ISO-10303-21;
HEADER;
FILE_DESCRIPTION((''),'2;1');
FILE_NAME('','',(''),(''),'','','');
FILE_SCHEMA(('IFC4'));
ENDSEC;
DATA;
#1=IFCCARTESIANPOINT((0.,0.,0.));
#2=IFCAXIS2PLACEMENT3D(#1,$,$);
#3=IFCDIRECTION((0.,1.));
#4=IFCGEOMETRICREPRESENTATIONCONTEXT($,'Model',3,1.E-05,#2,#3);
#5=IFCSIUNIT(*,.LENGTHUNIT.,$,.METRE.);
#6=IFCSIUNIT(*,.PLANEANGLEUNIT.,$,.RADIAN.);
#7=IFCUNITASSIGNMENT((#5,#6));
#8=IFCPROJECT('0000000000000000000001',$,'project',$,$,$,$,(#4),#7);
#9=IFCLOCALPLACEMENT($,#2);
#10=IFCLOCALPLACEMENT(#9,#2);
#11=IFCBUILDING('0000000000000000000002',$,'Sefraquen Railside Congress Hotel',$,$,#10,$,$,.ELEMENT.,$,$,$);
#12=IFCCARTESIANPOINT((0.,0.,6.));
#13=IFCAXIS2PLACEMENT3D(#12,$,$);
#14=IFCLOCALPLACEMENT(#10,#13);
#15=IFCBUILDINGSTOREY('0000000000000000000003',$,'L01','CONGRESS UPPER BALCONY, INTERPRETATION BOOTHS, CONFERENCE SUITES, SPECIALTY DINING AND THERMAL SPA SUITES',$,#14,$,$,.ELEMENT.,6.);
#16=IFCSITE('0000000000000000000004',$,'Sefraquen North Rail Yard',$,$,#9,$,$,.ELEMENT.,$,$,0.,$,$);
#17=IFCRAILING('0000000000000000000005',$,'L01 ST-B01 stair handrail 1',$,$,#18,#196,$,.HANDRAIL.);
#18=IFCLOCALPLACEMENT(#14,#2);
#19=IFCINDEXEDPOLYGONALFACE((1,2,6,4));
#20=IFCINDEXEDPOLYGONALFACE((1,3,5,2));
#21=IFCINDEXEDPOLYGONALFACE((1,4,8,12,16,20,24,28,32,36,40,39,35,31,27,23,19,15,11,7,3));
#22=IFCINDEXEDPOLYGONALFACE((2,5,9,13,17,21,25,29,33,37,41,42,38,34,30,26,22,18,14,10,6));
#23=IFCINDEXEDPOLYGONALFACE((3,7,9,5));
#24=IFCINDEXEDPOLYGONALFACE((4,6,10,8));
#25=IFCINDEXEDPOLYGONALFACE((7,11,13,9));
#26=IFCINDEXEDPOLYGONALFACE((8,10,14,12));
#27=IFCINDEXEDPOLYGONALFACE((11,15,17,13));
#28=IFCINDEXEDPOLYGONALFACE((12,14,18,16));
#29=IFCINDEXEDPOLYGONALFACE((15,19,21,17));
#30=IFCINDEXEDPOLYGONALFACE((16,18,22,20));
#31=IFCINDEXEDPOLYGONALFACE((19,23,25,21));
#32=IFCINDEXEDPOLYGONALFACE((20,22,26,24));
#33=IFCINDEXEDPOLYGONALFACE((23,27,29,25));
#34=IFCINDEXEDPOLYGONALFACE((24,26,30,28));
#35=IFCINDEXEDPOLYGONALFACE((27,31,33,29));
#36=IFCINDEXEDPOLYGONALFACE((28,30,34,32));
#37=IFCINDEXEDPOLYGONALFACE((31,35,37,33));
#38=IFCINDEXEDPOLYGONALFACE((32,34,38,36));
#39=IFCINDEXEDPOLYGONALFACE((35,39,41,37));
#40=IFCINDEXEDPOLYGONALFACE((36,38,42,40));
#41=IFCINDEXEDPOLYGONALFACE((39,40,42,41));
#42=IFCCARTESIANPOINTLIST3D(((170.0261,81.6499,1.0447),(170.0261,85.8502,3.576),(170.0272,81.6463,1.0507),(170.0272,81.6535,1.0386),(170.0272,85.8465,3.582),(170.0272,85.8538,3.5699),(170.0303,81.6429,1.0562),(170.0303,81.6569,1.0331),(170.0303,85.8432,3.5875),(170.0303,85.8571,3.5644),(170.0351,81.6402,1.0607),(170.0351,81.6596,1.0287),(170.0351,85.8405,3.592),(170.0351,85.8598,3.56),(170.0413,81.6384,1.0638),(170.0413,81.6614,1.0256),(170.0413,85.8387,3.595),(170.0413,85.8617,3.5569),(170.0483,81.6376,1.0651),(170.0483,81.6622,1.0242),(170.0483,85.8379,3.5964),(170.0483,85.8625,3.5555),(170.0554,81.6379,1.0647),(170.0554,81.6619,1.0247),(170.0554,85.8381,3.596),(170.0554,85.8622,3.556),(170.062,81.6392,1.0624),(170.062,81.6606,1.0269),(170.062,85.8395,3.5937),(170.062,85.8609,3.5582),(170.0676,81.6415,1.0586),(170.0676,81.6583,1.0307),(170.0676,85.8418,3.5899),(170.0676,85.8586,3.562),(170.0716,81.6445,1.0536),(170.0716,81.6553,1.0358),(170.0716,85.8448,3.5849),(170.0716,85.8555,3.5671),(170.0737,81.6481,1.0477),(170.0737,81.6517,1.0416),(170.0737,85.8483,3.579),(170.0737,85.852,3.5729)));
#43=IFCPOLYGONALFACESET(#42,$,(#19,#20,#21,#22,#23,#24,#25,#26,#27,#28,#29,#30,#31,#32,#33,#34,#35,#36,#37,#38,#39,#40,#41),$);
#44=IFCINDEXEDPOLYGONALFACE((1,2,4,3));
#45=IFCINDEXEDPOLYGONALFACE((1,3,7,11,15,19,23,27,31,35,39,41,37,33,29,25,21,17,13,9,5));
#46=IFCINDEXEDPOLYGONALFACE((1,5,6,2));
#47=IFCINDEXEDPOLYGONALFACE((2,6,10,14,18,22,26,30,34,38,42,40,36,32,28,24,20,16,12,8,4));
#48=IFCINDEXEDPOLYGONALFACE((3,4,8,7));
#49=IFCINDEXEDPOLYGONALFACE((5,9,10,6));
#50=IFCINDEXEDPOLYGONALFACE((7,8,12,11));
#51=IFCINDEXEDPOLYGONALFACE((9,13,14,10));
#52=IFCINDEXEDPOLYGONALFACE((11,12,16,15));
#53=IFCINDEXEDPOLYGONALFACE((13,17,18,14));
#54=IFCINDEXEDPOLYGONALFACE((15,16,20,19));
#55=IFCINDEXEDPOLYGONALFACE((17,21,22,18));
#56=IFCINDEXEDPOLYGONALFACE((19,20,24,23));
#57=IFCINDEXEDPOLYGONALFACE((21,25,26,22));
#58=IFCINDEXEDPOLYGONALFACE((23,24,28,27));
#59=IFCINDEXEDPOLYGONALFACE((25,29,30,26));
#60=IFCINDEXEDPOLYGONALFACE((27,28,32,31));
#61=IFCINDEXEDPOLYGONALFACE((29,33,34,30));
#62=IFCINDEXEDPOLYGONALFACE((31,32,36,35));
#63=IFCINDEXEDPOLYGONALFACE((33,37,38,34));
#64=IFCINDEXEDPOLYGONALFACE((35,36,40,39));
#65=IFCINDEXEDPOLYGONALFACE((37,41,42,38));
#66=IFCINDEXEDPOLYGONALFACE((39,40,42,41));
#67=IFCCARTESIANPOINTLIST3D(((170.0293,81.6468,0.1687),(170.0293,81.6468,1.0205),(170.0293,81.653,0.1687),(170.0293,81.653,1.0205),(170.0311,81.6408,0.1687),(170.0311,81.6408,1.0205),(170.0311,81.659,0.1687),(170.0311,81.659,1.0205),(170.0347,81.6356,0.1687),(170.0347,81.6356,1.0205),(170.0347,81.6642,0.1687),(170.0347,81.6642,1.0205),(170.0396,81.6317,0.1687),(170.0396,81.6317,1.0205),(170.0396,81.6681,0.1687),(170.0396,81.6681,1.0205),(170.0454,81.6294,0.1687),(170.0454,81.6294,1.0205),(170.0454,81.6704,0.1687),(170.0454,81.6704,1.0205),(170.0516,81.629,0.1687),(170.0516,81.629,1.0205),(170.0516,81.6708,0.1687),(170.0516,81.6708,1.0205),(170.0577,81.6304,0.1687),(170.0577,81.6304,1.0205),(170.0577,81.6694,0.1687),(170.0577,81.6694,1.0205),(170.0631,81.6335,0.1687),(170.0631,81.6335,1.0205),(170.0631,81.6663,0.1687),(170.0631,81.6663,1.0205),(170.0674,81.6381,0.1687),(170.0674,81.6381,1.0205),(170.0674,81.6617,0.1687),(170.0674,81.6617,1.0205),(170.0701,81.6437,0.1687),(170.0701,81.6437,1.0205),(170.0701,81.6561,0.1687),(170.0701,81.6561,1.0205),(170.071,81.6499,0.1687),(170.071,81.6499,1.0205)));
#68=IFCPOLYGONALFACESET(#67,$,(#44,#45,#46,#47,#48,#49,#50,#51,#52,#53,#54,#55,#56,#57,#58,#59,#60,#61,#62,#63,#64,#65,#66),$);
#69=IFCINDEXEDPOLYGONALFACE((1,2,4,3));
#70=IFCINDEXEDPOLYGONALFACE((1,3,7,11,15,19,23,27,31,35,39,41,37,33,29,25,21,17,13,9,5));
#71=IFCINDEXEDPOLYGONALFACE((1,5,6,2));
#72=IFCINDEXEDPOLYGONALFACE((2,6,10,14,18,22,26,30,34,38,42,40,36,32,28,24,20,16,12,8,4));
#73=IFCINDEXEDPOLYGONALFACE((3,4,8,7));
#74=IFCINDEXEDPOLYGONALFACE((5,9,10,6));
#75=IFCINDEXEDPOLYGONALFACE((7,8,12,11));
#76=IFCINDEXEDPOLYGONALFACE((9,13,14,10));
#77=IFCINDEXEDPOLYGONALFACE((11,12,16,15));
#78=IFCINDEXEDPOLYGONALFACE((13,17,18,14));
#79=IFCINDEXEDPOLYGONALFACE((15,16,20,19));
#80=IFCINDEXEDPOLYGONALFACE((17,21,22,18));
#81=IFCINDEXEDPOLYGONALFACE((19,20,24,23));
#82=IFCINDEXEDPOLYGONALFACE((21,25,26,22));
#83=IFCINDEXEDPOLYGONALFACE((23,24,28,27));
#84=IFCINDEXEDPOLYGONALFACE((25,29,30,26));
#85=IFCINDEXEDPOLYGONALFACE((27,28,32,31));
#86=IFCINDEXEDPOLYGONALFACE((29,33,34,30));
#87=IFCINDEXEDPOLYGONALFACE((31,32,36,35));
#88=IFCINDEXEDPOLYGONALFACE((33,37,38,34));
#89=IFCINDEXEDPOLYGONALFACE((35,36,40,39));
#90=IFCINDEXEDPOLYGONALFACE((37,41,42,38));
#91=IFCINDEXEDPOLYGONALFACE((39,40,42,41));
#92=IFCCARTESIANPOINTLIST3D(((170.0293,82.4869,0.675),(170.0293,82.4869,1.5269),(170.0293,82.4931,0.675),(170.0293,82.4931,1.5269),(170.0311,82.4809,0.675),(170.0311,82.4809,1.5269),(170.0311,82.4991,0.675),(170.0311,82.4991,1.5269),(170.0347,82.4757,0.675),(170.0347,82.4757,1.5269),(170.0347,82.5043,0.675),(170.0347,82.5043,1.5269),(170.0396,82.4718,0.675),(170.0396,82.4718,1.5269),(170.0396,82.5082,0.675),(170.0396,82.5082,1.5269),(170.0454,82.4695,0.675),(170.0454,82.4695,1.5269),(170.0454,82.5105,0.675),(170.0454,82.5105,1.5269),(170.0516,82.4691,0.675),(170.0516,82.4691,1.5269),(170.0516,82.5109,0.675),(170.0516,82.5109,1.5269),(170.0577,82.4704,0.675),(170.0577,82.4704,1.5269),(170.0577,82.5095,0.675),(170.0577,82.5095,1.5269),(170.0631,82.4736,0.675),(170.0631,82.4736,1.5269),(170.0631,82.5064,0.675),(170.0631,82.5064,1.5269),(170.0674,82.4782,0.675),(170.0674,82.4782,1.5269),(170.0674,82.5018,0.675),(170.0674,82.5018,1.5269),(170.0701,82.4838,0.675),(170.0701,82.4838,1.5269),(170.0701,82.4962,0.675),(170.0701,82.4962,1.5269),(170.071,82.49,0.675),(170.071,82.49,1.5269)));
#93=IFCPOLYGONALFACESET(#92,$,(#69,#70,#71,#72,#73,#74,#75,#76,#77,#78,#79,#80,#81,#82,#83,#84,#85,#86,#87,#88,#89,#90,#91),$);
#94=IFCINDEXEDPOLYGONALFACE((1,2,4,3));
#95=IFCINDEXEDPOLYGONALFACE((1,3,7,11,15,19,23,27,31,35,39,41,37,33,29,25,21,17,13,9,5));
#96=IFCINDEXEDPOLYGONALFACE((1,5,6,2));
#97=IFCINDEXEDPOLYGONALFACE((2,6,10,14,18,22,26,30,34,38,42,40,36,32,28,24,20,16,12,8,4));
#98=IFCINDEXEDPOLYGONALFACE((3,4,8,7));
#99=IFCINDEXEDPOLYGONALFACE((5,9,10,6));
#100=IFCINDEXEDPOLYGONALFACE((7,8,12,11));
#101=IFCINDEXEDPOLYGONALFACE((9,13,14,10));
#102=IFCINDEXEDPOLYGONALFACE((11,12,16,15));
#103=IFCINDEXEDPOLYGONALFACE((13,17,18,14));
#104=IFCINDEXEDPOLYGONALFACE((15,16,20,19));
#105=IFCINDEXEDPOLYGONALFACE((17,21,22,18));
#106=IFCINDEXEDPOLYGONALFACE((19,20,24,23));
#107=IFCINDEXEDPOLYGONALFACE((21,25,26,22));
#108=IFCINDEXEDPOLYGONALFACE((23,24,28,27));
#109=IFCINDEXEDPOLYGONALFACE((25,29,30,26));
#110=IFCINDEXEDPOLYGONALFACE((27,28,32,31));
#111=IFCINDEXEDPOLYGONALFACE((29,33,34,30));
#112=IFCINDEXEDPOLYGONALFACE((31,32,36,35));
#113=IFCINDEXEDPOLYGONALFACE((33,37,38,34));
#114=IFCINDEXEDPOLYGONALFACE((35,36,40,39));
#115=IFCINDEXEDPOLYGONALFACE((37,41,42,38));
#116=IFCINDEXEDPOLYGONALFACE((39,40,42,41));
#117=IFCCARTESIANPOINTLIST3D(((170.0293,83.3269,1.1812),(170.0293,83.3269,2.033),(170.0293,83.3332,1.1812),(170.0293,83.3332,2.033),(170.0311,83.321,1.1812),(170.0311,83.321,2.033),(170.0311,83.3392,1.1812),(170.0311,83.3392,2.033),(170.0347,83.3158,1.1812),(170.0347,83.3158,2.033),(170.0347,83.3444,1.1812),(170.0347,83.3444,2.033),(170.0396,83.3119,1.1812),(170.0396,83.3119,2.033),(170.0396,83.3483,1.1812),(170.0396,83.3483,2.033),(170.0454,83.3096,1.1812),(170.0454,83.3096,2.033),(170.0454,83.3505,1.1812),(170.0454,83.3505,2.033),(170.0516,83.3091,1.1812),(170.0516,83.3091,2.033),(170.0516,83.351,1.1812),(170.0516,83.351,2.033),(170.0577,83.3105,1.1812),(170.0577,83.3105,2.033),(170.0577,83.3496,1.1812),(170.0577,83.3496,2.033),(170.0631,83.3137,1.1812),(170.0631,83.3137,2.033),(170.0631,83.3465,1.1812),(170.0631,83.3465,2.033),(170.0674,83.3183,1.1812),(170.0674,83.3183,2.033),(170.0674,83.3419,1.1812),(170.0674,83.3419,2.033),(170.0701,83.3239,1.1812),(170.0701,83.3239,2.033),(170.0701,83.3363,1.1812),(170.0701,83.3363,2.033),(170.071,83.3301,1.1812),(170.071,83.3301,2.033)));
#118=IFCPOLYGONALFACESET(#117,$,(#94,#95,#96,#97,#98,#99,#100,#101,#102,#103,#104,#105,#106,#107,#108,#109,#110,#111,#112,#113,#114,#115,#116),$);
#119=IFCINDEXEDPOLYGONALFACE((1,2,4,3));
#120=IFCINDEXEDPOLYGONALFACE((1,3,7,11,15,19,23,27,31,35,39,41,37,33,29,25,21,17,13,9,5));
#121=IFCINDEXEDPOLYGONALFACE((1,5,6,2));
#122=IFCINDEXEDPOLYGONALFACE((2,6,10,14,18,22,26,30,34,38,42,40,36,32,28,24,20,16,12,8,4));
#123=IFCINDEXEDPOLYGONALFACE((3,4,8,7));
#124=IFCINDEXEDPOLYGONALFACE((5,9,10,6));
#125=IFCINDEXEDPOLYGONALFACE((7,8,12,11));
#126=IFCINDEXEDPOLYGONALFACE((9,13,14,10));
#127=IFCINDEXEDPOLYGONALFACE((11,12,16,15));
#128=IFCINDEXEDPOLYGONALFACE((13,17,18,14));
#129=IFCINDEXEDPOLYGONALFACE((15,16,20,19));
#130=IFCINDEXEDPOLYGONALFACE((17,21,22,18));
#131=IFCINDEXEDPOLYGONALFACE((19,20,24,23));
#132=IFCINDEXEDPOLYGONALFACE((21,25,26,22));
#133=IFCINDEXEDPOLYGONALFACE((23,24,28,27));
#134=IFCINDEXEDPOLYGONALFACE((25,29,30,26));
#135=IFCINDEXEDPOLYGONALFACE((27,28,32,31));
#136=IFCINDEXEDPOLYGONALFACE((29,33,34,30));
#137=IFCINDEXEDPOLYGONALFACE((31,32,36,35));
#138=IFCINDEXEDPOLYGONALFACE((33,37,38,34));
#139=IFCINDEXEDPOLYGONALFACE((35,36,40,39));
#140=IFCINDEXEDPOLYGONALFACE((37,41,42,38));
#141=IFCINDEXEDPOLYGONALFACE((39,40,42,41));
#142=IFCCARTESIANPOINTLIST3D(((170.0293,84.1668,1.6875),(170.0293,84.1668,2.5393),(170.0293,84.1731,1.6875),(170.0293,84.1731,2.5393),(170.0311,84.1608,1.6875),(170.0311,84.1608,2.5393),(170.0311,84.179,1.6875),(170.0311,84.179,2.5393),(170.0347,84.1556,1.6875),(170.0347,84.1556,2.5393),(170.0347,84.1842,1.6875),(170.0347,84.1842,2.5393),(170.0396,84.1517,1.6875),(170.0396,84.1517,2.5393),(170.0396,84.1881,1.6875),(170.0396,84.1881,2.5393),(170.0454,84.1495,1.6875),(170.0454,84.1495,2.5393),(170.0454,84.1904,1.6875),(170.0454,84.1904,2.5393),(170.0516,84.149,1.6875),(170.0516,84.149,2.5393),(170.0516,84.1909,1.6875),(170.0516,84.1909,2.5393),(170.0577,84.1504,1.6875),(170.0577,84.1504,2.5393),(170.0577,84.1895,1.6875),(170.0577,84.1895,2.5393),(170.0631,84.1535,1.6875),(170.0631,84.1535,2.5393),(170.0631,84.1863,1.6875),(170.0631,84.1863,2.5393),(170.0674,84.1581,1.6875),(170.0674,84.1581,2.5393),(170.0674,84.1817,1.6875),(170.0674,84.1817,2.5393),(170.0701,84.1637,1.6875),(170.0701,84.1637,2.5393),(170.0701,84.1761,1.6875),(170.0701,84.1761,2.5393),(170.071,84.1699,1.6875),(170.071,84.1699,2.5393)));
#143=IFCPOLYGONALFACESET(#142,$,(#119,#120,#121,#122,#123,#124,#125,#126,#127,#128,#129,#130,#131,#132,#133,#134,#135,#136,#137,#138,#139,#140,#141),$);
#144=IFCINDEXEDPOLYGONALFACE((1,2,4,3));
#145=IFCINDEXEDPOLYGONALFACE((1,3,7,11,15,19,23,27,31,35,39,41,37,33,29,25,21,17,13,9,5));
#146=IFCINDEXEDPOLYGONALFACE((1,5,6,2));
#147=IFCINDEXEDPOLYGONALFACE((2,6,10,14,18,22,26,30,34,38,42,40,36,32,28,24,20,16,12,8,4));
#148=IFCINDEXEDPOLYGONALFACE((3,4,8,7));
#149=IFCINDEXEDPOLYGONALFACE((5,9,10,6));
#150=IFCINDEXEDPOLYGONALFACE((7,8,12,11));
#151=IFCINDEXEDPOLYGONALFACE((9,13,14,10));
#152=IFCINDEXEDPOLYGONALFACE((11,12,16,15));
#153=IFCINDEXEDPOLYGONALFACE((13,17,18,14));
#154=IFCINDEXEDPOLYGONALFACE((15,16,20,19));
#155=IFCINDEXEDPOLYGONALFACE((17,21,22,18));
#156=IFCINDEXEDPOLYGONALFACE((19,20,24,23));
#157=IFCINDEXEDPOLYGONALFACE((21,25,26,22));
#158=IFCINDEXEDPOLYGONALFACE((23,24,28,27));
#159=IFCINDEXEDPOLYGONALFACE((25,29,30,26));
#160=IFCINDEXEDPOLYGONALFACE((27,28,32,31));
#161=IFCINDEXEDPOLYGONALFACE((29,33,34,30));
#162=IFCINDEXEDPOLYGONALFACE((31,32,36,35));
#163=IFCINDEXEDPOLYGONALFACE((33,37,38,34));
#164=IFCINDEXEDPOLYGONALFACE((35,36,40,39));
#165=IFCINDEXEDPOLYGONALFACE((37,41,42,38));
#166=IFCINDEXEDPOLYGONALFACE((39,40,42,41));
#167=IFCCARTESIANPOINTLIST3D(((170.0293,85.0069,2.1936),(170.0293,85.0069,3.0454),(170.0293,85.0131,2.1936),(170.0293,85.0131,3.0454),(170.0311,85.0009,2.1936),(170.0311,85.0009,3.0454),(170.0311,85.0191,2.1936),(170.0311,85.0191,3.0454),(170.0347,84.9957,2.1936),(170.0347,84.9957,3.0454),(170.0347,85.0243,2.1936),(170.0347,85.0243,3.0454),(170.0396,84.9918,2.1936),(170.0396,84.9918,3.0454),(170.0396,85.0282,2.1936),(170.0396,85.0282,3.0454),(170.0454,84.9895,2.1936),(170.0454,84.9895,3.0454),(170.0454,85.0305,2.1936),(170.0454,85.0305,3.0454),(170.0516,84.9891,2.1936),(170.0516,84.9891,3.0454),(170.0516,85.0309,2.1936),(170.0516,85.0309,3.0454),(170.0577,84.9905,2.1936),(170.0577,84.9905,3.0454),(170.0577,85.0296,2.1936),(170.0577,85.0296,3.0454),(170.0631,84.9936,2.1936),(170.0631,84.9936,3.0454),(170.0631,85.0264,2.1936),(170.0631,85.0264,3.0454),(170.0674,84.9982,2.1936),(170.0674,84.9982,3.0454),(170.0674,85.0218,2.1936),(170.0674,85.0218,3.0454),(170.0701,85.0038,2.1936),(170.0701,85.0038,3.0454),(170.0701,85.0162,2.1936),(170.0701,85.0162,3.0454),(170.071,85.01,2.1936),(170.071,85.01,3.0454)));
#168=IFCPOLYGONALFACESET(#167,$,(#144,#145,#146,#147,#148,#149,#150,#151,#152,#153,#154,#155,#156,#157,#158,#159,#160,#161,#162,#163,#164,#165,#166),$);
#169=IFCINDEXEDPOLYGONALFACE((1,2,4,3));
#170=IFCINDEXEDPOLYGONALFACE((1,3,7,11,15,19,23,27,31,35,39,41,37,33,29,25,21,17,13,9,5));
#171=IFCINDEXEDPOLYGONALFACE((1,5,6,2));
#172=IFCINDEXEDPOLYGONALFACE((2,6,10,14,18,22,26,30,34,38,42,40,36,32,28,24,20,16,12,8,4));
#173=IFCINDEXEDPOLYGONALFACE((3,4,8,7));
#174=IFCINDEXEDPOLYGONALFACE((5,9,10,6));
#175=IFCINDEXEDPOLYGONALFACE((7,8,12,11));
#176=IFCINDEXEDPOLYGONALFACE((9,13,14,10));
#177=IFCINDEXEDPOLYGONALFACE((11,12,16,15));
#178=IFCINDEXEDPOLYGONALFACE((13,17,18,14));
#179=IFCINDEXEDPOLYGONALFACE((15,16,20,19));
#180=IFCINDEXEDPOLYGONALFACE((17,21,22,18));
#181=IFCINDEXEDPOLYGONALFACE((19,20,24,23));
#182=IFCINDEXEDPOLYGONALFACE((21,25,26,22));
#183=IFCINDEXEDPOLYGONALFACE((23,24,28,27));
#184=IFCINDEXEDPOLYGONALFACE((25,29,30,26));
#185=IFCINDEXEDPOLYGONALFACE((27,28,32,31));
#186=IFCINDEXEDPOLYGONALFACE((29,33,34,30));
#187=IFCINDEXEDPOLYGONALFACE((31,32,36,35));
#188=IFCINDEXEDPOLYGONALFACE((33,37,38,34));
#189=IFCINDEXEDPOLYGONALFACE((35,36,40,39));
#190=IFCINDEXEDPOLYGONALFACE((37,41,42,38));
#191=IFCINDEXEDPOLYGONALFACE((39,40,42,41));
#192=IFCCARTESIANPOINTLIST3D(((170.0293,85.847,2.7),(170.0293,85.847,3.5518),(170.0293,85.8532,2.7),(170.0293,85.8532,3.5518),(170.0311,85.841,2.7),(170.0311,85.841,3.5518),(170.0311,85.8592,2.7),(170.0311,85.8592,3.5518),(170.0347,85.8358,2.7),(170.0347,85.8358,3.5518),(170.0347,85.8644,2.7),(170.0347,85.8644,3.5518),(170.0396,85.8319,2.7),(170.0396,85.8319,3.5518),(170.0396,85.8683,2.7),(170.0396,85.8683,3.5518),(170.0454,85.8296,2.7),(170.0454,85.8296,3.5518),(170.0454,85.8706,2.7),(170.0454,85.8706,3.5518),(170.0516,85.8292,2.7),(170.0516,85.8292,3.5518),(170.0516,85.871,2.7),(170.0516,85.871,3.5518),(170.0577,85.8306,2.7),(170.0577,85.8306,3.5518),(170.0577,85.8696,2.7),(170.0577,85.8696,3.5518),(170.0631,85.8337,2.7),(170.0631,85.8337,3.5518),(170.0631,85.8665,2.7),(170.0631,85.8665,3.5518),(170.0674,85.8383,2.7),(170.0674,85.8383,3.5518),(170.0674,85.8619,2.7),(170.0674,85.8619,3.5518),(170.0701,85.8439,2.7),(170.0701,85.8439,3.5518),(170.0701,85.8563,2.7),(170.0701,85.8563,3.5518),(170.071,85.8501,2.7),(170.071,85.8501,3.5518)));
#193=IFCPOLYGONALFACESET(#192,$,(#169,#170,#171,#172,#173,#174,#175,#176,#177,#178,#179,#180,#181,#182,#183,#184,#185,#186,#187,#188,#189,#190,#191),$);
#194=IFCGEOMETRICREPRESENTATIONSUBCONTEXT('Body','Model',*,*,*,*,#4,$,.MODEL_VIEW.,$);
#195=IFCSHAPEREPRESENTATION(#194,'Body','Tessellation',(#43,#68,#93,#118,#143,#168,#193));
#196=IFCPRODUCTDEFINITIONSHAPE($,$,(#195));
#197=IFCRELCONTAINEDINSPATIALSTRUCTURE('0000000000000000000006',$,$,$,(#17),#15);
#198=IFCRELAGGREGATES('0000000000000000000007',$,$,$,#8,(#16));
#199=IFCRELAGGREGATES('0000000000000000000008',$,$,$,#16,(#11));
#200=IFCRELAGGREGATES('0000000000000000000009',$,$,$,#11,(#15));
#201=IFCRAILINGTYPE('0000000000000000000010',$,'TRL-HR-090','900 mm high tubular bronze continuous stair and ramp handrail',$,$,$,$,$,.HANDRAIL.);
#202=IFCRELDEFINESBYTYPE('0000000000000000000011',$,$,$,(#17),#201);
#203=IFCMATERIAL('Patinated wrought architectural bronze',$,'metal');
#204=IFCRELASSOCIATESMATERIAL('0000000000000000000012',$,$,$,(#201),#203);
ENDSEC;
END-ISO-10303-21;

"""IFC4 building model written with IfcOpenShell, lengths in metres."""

from ifc_helpers import new_model, si_unit, direction, frame, origin, origin_2d, place, context, subcontext, project, spatial, circle, extrude, material, type_object, element, save


model = new_model("IFC4")

# Units and contexts
model_context = context("Model", 3, precision=1e-05, world=origin(), true_north=direction((0.0, 1.0)))
body_context = subcontext(model_context, "Body", "Model", "MODEL_VIEW")
ifc_project = project(units=[si_unit("LENGTHUNIT", "METRE"), si_unit("PLANEANGLEUNIT", "RADIAN")], contexts=[model_context])

# Site, building, storey
site_placement = place(None, origin())
site = spatial("IfcSite", under=ifc_project, at=site_placement, Name="Sefraquen North Rail Yard", CompositionType="ELEMENT", RefElevation=0.0)
building_placement = place(site_placement, origin())
building = spatial("IfcBuilding", under=site, at=building_placement, Name="Sefraquen Railside Congress Hotel", CompositionType="ELEMENT")
storey_placement = place(building_placement, frame((0.0, 0.0, 6.0)))
storey = spatial("IfcBuildingStorey", under=building, at=storey_placement, Name="L01", Description="CONGRESS UPPER BALCONY, INTERPRETATION BOOTHS, CONFERENCE SUITES, SPECIALTY DINING AND THERMAL SPA SUITES", CompositionType="ELEMENT", Elevation=6.0)

# Railing
ifc_material_1 = material(Name="Patinated wrought architectural bronze", Category="metal")
railing_type_1 = type_object("IfcRailingType", Name="TRL-HR-090", Description="900 mm high tubular bronze continuous stair and ramp handrail", PredefinedType="HANDRAIL", material=ifc_material_1)
railing_1_placement = place(storey_placement, frame((170.05, 81.6499, 0.1687)))
element("IfcRailing", 1, at=railing_1_placement, inside=storey, type_object=railing_type_1, Name="L01 ST-B01 stair handrail 1", PredefinedType="HANDRAIL", context=body_context, shape_type="SweptSolid", body=[
    extrude(circle(Radius=0.0239, at=origin_2d()), frame((0.0, 0.0, 0.876), z_axis=(0.0, 0.85649, 0.516164), x_axis=(-1.0, 0.0, 0.0)), (0.0, 0.0, 1.0), 4.9041),
    extrude(circle(Radius=0.021, at=origin_2d()), origin(), (0.0, 0.0, 1.0), 0.8518),
    extrude(circle(Radius=0.021, at=origin_2d()), frame((0.0, 0.8401, 0.5063)), (0.0, 0.0, 1.0), 0.8518),
    extrude(circle(Radius=0.021, at=origin_2d()), frame((0.0, 1.6802, 1.0125)), (0.0, 0.0, 1.0), 0.8518),
    extrude(circle(Radius=0.021, at=origin_2d()), frame((0.0, 2.52, 1.5188)), (0.0, 0.0, 1.0), 0.8518),
    extrude(circle(Radius=0.021, at=origin_2d()), frame((0.0, 3.3601, 2.0249)), (0.0, 0.0, 1.0), 0.8518),
    extrude(circle(Radius=0.021, at=origin_2d()), frame((0.0, 4.2002, 2.5312)), (0.0, 0.0, 1.0), 0.8518),
])

save(model, "model.ifc")
